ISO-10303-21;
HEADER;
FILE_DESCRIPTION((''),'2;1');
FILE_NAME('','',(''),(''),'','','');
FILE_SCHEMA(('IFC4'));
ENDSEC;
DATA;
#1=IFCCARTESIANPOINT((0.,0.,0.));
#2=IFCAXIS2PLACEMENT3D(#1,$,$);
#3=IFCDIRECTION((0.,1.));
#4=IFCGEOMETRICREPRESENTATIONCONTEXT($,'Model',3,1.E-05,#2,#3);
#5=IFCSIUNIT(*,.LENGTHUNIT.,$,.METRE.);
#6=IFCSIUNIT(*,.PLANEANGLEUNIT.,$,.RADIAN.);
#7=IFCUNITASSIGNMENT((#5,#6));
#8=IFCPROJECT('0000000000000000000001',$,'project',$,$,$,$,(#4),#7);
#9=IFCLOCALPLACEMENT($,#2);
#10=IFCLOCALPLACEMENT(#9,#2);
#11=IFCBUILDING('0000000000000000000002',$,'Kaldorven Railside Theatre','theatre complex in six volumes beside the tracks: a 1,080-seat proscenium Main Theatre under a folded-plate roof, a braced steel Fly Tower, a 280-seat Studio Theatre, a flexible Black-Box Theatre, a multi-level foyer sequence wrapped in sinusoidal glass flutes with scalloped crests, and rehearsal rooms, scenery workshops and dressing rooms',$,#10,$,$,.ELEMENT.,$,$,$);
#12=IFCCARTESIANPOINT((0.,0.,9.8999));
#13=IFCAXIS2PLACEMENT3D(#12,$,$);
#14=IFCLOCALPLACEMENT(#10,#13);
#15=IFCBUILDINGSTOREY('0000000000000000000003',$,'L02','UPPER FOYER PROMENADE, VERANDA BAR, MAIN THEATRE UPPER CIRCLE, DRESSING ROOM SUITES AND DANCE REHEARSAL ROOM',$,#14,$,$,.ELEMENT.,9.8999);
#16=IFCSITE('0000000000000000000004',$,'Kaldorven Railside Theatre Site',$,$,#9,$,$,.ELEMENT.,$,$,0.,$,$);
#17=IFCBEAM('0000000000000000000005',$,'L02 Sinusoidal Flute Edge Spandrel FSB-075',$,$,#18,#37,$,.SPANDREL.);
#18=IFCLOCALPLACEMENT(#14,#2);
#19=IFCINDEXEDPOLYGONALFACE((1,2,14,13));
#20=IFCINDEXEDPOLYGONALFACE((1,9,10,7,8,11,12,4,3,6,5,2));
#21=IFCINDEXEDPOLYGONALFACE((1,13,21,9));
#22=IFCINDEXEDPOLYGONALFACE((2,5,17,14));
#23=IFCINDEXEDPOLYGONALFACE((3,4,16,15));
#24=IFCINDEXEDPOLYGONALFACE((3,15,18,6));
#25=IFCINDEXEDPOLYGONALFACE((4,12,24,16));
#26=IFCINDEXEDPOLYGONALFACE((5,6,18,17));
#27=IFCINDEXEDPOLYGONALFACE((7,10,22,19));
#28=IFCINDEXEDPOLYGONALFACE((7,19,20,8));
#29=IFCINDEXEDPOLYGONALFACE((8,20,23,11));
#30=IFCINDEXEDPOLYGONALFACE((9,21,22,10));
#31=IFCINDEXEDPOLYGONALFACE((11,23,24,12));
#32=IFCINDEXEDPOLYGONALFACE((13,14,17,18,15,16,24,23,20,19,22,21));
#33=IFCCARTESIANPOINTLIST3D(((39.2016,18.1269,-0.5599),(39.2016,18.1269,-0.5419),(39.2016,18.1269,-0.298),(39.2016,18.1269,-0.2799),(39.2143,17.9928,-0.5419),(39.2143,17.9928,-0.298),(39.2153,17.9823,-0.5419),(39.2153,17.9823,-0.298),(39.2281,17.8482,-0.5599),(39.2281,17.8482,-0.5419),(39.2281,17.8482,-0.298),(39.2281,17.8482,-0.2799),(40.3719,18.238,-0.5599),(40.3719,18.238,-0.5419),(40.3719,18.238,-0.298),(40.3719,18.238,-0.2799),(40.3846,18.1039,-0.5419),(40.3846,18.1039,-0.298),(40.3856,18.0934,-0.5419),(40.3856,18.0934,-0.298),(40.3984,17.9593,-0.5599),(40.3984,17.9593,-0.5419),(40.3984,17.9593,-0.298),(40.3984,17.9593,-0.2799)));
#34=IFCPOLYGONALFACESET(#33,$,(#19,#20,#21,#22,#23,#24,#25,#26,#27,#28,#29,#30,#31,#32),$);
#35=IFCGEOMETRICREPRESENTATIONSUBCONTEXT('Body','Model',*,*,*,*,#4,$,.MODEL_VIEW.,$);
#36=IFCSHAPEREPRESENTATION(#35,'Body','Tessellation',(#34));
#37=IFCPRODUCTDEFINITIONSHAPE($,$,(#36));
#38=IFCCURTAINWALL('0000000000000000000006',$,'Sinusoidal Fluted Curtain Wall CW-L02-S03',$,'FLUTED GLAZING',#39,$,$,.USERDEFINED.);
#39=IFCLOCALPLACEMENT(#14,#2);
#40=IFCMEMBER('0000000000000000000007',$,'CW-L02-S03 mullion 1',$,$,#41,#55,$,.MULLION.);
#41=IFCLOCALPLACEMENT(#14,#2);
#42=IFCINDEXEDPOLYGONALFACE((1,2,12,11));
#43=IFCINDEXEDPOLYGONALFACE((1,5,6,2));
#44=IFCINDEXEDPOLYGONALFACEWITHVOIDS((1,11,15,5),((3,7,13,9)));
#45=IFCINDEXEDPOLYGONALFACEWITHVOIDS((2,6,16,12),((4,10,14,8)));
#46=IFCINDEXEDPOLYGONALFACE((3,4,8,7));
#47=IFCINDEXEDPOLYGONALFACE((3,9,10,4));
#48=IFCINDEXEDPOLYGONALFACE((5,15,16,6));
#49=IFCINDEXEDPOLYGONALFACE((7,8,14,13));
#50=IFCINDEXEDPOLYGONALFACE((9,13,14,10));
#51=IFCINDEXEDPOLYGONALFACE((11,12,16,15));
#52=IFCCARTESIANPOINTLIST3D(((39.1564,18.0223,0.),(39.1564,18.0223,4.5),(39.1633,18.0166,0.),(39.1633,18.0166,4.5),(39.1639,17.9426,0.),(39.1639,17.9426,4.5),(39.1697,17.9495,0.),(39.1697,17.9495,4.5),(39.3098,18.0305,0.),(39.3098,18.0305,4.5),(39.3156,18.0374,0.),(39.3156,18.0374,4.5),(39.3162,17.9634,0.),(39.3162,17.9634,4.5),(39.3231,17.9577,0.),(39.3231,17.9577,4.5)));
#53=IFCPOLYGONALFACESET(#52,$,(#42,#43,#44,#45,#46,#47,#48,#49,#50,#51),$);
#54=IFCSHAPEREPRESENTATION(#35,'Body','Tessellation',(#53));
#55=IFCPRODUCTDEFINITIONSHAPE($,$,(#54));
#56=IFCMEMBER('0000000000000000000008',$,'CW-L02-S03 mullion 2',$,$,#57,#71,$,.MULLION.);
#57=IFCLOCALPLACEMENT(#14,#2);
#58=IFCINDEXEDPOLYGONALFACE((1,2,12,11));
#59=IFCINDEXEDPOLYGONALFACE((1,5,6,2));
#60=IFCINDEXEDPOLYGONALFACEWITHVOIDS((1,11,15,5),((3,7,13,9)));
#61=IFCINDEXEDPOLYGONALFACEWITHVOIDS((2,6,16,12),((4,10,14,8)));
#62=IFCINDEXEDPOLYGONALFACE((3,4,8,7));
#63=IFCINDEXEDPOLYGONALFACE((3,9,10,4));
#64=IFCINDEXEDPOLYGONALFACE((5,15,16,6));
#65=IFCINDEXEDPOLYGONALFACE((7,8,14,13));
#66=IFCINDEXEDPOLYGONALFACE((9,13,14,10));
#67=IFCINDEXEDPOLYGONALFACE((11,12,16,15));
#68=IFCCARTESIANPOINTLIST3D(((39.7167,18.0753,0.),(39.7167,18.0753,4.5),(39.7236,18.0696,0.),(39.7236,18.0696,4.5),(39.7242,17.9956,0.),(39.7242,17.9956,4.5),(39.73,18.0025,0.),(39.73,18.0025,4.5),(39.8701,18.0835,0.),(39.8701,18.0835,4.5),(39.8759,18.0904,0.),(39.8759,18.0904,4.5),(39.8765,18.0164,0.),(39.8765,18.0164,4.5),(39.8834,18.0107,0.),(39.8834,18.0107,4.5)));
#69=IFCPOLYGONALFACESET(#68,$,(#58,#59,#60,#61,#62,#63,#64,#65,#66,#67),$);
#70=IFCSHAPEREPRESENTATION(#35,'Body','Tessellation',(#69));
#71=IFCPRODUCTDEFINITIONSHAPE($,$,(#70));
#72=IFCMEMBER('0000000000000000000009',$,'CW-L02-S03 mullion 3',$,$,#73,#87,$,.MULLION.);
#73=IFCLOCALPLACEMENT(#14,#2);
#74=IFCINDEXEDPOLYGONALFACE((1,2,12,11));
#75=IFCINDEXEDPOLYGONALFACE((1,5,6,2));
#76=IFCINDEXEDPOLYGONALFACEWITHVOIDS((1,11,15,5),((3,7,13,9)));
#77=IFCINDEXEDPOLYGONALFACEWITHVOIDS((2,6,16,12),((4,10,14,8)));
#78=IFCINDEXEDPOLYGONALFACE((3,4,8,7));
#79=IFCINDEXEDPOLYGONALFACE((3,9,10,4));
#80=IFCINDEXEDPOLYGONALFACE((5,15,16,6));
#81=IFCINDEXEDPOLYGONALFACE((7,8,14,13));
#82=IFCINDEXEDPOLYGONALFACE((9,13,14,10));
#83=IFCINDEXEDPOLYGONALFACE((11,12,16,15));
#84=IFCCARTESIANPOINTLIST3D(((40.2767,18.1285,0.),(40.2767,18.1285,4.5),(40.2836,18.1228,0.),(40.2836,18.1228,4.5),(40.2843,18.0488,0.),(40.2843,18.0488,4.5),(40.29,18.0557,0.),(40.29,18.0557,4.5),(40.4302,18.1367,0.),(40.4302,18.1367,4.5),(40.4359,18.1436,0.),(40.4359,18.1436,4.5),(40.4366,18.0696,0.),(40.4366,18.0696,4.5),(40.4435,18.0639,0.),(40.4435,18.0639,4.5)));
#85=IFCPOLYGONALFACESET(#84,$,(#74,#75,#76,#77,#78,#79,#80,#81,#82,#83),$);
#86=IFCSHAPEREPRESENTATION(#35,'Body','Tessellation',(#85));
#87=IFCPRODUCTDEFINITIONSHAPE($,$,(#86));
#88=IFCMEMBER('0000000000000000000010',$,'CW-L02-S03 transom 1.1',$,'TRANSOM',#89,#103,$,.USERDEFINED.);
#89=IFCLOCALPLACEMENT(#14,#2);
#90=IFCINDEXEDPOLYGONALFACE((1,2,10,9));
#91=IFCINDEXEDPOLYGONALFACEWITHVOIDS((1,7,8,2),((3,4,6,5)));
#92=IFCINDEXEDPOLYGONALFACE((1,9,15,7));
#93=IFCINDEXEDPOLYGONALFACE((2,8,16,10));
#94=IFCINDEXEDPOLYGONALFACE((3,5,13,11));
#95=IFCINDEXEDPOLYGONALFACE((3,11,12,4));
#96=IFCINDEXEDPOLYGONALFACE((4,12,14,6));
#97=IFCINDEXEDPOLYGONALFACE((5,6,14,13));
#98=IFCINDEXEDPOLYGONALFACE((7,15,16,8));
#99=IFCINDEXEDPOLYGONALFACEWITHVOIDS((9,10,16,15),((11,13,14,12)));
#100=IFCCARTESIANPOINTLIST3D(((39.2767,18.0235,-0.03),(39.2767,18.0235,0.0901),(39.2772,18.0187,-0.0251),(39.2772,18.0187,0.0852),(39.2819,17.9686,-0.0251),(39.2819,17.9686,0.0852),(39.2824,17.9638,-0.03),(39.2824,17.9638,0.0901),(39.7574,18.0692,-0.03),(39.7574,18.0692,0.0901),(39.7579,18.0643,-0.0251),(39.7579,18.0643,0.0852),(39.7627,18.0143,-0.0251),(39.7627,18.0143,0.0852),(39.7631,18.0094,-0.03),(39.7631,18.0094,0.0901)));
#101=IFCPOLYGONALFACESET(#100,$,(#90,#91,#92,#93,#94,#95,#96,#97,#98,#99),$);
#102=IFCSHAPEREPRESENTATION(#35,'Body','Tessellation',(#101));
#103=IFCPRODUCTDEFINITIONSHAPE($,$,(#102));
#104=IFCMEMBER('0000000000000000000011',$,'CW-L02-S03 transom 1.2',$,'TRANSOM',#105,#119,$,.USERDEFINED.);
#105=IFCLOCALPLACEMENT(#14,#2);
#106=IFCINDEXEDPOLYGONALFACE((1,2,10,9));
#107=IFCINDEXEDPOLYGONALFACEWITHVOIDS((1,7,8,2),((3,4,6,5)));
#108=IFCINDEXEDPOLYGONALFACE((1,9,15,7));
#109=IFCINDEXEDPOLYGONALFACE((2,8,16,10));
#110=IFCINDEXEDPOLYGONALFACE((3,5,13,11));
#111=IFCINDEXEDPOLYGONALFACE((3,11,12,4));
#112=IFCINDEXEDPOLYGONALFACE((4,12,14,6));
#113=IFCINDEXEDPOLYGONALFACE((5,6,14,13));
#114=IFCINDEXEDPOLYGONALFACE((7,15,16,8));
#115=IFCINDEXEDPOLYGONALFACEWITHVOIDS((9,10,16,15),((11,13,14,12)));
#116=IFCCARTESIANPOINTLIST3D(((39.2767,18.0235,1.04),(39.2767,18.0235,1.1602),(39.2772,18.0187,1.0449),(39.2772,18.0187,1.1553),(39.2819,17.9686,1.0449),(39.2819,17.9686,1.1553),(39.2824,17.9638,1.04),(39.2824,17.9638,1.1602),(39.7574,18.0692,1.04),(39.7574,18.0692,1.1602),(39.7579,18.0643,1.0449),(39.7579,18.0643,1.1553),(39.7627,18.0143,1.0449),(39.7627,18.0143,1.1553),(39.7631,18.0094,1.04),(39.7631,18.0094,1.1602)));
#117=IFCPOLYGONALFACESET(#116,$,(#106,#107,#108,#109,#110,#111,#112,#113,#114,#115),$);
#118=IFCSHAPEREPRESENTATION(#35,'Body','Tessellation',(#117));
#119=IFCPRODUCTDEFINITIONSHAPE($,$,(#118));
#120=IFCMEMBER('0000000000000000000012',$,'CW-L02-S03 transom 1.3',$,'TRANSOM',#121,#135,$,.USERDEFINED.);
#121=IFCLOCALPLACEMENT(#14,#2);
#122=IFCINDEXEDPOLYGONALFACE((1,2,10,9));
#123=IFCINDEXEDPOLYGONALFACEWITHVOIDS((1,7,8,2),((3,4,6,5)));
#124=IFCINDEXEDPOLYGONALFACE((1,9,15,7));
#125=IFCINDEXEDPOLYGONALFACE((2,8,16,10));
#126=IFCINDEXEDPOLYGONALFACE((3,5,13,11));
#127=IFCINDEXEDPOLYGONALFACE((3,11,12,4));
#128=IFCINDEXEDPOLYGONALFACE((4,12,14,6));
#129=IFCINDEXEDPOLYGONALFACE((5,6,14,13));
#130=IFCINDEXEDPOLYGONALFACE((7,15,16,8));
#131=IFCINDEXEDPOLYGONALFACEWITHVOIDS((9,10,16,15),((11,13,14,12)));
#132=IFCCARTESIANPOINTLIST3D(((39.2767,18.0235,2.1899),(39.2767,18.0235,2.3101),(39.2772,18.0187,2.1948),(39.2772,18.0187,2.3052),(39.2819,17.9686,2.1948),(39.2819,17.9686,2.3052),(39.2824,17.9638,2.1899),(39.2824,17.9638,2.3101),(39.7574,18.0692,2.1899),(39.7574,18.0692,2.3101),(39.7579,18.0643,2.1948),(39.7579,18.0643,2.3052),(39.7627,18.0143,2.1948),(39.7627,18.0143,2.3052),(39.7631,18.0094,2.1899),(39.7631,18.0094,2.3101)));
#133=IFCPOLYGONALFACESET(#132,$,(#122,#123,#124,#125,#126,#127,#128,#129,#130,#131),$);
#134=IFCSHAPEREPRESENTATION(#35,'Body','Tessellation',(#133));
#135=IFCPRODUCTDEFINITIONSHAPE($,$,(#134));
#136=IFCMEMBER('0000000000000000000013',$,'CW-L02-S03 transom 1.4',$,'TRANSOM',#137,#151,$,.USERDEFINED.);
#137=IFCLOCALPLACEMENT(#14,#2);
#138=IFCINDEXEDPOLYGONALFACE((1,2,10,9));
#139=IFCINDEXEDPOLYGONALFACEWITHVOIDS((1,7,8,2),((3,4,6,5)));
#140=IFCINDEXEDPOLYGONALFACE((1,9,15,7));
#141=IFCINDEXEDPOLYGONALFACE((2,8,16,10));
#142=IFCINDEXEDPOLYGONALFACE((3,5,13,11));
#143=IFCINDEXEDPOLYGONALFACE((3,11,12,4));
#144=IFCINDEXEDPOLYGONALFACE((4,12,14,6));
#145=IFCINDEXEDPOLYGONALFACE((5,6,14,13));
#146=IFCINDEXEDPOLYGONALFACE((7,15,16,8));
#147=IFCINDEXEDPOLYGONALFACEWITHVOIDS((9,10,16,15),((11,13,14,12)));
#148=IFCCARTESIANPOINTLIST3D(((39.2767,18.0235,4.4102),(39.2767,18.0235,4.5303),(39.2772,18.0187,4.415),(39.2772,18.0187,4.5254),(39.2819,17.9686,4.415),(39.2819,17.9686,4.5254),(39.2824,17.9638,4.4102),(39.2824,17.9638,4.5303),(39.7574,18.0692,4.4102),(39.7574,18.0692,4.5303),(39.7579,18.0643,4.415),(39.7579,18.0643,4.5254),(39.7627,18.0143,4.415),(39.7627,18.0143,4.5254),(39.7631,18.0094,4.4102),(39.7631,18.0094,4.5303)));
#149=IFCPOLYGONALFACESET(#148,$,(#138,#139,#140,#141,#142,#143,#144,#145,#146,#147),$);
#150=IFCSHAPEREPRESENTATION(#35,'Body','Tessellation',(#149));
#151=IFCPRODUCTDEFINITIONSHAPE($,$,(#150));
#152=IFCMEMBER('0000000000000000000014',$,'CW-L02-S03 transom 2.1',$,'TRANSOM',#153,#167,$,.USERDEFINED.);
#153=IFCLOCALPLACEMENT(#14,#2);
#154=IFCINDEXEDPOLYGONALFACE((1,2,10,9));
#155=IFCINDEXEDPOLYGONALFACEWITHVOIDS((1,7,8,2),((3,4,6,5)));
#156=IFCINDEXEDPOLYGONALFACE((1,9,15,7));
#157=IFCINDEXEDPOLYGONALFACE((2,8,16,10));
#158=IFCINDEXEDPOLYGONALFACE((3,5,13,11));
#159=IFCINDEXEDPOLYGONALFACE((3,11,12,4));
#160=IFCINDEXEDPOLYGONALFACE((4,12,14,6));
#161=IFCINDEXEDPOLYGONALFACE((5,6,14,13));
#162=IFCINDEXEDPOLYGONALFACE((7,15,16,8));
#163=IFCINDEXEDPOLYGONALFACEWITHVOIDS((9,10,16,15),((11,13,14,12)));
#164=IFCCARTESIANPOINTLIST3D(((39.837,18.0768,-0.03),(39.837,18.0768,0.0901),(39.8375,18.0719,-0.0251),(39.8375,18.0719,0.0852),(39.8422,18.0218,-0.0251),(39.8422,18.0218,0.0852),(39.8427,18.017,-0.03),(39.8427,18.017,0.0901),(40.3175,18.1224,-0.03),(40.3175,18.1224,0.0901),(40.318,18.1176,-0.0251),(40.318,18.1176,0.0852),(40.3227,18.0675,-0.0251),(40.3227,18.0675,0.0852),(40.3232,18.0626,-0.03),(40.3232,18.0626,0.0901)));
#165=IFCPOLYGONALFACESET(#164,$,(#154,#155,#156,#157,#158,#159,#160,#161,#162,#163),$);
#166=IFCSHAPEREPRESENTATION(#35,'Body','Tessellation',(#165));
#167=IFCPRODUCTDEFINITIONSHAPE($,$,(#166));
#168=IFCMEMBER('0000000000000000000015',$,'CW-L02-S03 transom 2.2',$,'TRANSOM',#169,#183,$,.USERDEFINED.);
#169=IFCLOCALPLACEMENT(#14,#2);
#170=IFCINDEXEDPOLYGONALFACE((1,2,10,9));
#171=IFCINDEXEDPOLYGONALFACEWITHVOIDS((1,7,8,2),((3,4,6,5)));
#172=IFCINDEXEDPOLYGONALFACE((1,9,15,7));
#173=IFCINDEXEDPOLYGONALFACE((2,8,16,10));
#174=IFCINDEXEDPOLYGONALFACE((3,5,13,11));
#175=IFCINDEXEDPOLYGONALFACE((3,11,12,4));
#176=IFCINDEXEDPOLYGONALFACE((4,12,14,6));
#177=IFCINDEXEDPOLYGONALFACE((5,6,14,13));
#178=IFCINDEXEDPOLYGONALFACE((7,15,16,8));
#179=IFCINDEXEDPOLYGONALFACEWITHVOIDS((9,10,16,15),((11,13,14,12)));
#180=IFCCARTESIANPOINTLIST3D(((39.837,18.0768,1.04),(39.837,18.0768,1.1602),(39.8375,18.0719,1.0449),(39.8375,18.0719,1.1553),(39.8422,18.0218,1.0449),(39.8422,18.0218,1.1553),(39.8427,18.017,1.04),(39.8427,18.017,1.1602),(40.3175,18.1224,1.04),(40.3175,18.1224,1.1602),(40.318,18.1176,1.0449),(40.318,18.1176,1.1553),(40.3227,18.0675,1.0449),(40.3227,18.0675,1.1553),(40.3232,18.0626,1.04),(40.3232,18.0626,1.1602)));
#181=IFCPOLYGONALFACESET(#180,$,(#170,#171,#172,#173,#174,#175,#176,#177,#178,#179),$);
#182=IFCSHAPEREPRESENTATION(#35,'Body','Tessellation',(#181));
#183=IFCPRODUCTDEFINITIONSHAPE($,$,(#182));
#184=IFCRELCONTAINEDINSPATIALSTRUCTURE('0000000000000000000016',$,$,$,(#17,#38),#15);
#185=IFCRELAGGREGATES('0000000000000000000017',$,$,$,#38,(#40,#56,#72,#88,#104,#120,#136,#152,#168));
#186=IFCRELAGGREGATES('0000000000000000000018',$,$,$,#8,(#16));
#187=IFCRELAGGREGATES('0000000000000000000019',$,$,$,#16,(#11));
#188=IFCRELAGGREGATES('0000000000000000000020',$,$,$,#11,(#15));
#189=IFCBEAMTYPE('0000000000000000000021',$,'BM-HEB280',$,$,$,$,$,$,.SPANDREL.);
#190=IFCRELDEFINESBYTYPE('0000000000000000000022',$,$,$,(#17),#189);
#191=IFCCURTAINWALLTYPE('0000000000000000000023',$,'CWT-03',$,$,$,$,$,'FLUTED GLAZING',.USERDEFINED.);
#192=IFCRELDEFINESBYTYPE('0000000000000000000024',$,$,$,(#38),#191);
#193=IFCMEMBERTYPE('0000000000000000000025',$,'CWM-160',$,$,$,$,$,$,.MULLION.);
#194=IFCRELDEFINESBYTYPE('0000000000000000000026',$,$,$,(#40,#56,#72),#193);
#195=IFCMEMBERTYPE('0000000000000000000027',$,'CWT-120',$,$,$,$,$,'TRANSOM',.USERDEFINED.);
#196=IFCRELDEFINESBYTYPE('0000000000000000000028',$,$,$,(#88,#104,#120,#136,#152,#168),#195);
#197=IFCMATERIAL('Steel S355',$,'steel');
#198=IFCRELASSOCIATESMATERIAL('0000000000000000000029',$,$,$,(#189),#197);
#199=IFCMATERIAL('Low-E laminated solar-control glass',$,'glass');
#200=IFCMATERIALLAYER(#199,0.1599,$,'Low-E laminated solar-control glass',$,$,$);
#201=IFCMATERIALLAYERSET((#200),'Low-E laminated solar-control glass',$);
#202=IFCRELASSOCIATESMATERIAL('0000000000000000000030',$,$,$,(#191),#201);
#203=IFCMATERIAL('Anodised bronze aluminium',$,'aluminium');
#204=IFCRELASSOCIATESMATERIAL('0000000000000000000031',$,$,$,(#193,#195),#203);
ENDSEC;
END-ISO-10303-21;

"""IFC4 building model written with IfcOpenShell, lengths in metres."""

from ifc_helpers import new_model, si_unit, direction, frame, origin, origin_2d, place, context, subcontext, project, spatial, hollow_rectangle, i_section, extrude, material, layer, layer_set, material_profile, profile_set, type_object, element, aggregate, save


model = new_model("IFC4")

# Units and contexts
model_context = context("Model", 3, precision=1e-05, world=origin(), true_north=direction((0.0, 1.0)))
body_context = subcontext(model_context, "Body", "Model", "MODEL_VIEW")
ifc_project = project(units=[si_unit("LENGTHUNIT", "METRE"), si_unit("PLANEANGLEUNIT", "RADIAN")], contexts=[model_context])

# Site, building, storey
site_placement = place(None, origin())
site = spatial("IfcSite", under=ifc_project, at=site_placement, Name="Kaldorven Railside Theatre Site", CompositionType="ELEMENT", RefElevation=0.0)
building_placement = place(site_placement, origin())
building = spatial("IfcBuilding", under=site, at=building_placement, Name="Kaldorven Railside Theatre", Description="theatre complex in six volumes beside the tracks: a 1,080-seat proscenium Main Theatre under a folded-plate roof, a braced steel Fly Tower, a 280-seat Studio Theatre, a flexible Black-Box Theatre, a multi-level foyer sequence wrapped in sinusoidal glass flutes with scalloped crests, and rehearsal rooms, scenery workshops and dressing rooms", CompositionType="ELEMENT")
storey_placement = place(building_placement, frame((0.0, 0.0, 9.8999)))
storey = spatial("IfcBuildingStorey", under=building, at=storey_placement, Name="L02", Description="UPPER FOYER PROMENADE, VERANDA BAR, MAIN THEATRE UPPER CIRCLE, DRESSING ROOM SUITES AND DANCE REHEARSAL ROOM", CompositionType="ELEMENT", Elevation=9.8999)

# Beam
ifc_material_1 = material(Name="Steel S355", Category="steel")
ifc_material_profile_1 = material_profile(ifc_material_1, i_section(OverallWidth=0.28, OverallDepth=0.28, WebThickness=0.0105, FlangeThickness=0.0181, at=origin_2d()), Name="HEB 280")
ifc_profile_set_1 = profile_set([ifc_material_profile_1], Name="Steel S355")
beam_type = type_object("IfcBeamType", Name="BM-HEB280", PredefinedType="SPANDREL", material=ifc_profile_set_1)
beam_placement = place(storey_placement, frame((39.2148, 17.9875, -0.4199), z_axis=(0.995524, 0.094505, 0.0), x_axis=(-0.094505, 0.995524, 0.0)))
element("IfcBeam", 1, at=beam_placement, inside=storey, type_object=beam_type, Name="L02 Sinusoidal Flute Edge Spandrel FSB-075", PredefinedType="SPANDREL", context=body_context, shape_type="SweptSolid", body=[
    extrude(i_section(OverallWidth=0.28, OverallDepth=0.28, WebThickness=0.0105, FlangeThickness=0.0181, at=origin_2d()), origin(), (0.0, 0.0, 1.0), 1.1755),
])

# Curtain wall, members
ifc_material_2 = material(Name="Low-E laminated solar-control glass", Category="glass")
ifc_layer_1 = layer(ifc_material_2, 0.1599, Name="Low-E laminated solar-control glass")
ifc_layer_set_1 = layer_set([ifc_layer_1], Name="Low-E laminated solar-control glass")
curtain_wall_type = type_object("IfcCurtainWallType", Name="CWT-03", ElementType="FLUTED GLAZING", PredefinedType="USERDEFINED", material=ifc_layer_set_1)
curtain_wall_1_placement = place(storey_placement, origin())
curtain_wall_1 = element("IfcCurtainWall", 2, at=curtain_wall_1_placement, inside=storey, type_object=curtain_wall_type, Name="Sinusoidal Fluted Curtain Wall CW-L02-S03", ObjectType="FLUTED GLAZING", PredefinedType="USERDEFINED")
ifc_material_3 = material(Name="Anodised bronze aluminium", Category="aluminium")
ifc_material_profile_2 = material_profile(ifc_material_3, hollow_rectangle(XDim=0.0801, YDim=0.1599, WallThickness=0.0063, at=origin_2d()), Name="RHS 160x80x6.3")
ifc_profile_set_2 = profile_set([ifc_material_profile_2], Name="Anodised bronze aluminium")
member_type_1 = type_object("IfcMemberType", Name="CWM-160", PredefinedType="MULLION", material=ifc_profile_set_2)
member_1_placement = place(storey_placement, frame((39.2397, 17.99, 0.0), z_axis=(0.0, 0.0, 1.0), x_axis=(-0.094492, 0.995526, 0.0)))
member_1 = element("IfcMember", 3, at=member_1_placement, type_object=member_type_1, Name="CW-L02-S03 mullion 1", PredefinedType="MULLION", context=body_context, shape_type="SweptSolid", body=[
    extrude(hollow_rectangle(XDim=0.0801, YDim=0.1599, WallThickness=0.0063, at=origin_2d()), origin(), (0.0, 0.0, 1.0), 4.5),
])
member_2_placement = place(storey_placement, frame((39.8, 18.043, 0.0), z_axis=(0.0, 0.0, 1.0), x_axis=(-0.094492, 0.995526, 0.0)))
member_2 = element("IfcMember", 4, at=member_2_placement, type_object=member_type_1, Name="CW-L02-S03 mullion 2", PredefinedType="MULLION", context=body_context, shape_type="SweptSolid", body=[
    extrude(hollow_rectangle(XDim=0.0801, YDim=0.1599, WallThickness=0.0063, at=origin_2d()), origin(), (0.0, 0.0, 1.0), 4.5),
])
member_3_placement = place(storey_placement, frame((40.3601, 18.0962, 0.0), z_axis=(0.0, 0.0, 1.0), x_axis=(-0.094492, 0.995526, 0.0)))
member_3 = element("IfcMember", 5, at=member_3_placement, type_object=member_type_1, Name="CW-L02-S03 mullion 3", PredefinedType="MULLION", context=body_context, shape_type="SweptSolid", body=[
    extrude(hollow_rectangle(XDim=0.0801, YDim=0.1599, WallThickness=0.0063, at=origin_2d()), origin(), (0.0, 0.0, 1.0), 4.5),
])
ifc_material_profile_3 = material_profile(ifc_material_3, hollow_rectangle(XDim=0.0601, YDim=0.1201, WallThickness=0.0049, at=origin_2d()), Name="RHS 120x60x5")
ifc_profile_set_3 = profile_set([ifc_material_profile_3], Name="Anodised bronze aluminium")
member_type_2 = type_object("IfcMemberType", Name="CWT-120", ElementType="TRANSOM", PredefinedType="USERDEFINED", material=ifc_profile_set_3)
member_4_placement = place(storey_placement, frame((39.2795, 17.9937, 0.03), z_axis=(0.99552, 0.094547, 0.0), x_axis=(-0.094547, 0.99552, 0.0)))
member_4 = element("IfcMember", 6, at=member_4_placement, type_object=member_type_2, Name="CW-L02-S03 transom 1.1", ObjectType="TRANSOM", PredefinedType="USERDEFINED", context=body_context, shape_type="SweptSolid", body=[
    extrude(hollow_rectangle(XDim=0.0601, YDim=0.1201, WallThickness=0.0049, at=origin_2d()), origin(), (0.0, 0.0, 1.0), 0.4829),
])
member_5_placement = place(storey_placement, frame((39.2795, 17.9937, 1.1001), z_axis=(0.99552, 0.094547, 0.0), x_axis=(-0.094547, 0.99552, 0.0)))
member_5 = element("IfcMember", 7, at=member_5_placement, type_object=member_type_2, Name="CW-L02-S03 transom 1.2", ObjectType="TRANSOM", PredefinedType="USERDEFINED", context=body_context, shape_type="SweptSolid", body=[
    extrude(hollow_rectangle(XDim=0.0601, YDim=0.1201, WallThickness=0.0049, at=origin_2d()), origin(), (0.0, 0.0, 1.0), 0.4829),
])
member_6_placement = place(storey_placement, frame((39.2795, 17.9937, 2.25), z_axis=(0.99552, 0.094547, 0.0), x_axis=(-0.094547, 0.99552, 0.0)))
member_6 = element("IfcMember", 8, at=member_6_placement, type_object=member_type_2, Name="CW-L02-S03 transom 1.3", ObjectType="TRANSOM", PredefinedType="USERDEFINED", context=body_context, shape_type="SweptSolid", body=[
    extrude(hollow_rectangle(XDim=0.0601, YDim=0.1201, WallThickness=0.0049, at=origin_2d()), origin(), (0.0, 0.0, 1.0), 0.4829),
])
member_7_placement = place(storey_placement, frame((39.2795, 17.9937, 4.4702), z_axis=(0.99552, 0.094547, 0.0), x_axis=(-0.094547, 0.99552, 0.0)))
member_7 = element("IfcMember", 9, at=member_7_placement, type_object=member_type_2, Name="CW-L02-S03 transom 1.4", ObjectType="TRANSOM", PredefinedType="USERDEFINED", context=body_context, shape_type="SweptSolid", body=[
    extrude(hollow_rectangle(XDim=0.0601, YDim=0.1201, WallThickness=0.0049, at=origin_2d()), origin(), (0.0, 0.0, 1.0), 0.4829),
])
member_8_placement = place(storey_placement, frame((39.8398, 18.0469, 0.03), z_axis=(0.995516, 0.094594, 0.0), x_axis=(-0.094594, 0.995516, 0.0)))
member_8 = element("IfcMember", 10, at=member_8_placement, type_object=member_type_2, Name="CW-L02-S03 transom 2.1", ObjectType="TRANSOM", PredefinedType="USERDEFINED", context=body_context, shape_type="SweptSolid", body=[
    extrude(hollow_rectangle(XDim=0.0601, YDim=0.1201, WallThickness=0.0049, at=origin_2d()), origin(), (0.0, 0.0, 1.0), 0.4827),
])
member_9_placement = place(storey_placement, frame((39.8398, 18.0469, 1.1001), z_axis=(0.995516, 0.094594, 0.0), x_axis=(-0.094594, 0.995516, 0.0)))
member_9 = element("IfcMember", 11, at=member_9_placement, type_object=member_type_2, Name="CW-L02-S03 transom 2.2", ObjectType="TRANSOM", PredefinedType="USERDEFINED", context=body_context, shape_type="SweptSolid", body=[
    extrude(hollow_rectangle(XDim=0.0601, YDim=0.1201, WallThickness=0.0049, at=origin_2d()), origin(), (0.0, 0.0, 1.0), 0.4827),
])

aggregate(curtain_wall_1, [member_1, member_2, member_3, member_4, member_5, member_6, member_7, member_8, member_9])

save(model, "model.ifc")
